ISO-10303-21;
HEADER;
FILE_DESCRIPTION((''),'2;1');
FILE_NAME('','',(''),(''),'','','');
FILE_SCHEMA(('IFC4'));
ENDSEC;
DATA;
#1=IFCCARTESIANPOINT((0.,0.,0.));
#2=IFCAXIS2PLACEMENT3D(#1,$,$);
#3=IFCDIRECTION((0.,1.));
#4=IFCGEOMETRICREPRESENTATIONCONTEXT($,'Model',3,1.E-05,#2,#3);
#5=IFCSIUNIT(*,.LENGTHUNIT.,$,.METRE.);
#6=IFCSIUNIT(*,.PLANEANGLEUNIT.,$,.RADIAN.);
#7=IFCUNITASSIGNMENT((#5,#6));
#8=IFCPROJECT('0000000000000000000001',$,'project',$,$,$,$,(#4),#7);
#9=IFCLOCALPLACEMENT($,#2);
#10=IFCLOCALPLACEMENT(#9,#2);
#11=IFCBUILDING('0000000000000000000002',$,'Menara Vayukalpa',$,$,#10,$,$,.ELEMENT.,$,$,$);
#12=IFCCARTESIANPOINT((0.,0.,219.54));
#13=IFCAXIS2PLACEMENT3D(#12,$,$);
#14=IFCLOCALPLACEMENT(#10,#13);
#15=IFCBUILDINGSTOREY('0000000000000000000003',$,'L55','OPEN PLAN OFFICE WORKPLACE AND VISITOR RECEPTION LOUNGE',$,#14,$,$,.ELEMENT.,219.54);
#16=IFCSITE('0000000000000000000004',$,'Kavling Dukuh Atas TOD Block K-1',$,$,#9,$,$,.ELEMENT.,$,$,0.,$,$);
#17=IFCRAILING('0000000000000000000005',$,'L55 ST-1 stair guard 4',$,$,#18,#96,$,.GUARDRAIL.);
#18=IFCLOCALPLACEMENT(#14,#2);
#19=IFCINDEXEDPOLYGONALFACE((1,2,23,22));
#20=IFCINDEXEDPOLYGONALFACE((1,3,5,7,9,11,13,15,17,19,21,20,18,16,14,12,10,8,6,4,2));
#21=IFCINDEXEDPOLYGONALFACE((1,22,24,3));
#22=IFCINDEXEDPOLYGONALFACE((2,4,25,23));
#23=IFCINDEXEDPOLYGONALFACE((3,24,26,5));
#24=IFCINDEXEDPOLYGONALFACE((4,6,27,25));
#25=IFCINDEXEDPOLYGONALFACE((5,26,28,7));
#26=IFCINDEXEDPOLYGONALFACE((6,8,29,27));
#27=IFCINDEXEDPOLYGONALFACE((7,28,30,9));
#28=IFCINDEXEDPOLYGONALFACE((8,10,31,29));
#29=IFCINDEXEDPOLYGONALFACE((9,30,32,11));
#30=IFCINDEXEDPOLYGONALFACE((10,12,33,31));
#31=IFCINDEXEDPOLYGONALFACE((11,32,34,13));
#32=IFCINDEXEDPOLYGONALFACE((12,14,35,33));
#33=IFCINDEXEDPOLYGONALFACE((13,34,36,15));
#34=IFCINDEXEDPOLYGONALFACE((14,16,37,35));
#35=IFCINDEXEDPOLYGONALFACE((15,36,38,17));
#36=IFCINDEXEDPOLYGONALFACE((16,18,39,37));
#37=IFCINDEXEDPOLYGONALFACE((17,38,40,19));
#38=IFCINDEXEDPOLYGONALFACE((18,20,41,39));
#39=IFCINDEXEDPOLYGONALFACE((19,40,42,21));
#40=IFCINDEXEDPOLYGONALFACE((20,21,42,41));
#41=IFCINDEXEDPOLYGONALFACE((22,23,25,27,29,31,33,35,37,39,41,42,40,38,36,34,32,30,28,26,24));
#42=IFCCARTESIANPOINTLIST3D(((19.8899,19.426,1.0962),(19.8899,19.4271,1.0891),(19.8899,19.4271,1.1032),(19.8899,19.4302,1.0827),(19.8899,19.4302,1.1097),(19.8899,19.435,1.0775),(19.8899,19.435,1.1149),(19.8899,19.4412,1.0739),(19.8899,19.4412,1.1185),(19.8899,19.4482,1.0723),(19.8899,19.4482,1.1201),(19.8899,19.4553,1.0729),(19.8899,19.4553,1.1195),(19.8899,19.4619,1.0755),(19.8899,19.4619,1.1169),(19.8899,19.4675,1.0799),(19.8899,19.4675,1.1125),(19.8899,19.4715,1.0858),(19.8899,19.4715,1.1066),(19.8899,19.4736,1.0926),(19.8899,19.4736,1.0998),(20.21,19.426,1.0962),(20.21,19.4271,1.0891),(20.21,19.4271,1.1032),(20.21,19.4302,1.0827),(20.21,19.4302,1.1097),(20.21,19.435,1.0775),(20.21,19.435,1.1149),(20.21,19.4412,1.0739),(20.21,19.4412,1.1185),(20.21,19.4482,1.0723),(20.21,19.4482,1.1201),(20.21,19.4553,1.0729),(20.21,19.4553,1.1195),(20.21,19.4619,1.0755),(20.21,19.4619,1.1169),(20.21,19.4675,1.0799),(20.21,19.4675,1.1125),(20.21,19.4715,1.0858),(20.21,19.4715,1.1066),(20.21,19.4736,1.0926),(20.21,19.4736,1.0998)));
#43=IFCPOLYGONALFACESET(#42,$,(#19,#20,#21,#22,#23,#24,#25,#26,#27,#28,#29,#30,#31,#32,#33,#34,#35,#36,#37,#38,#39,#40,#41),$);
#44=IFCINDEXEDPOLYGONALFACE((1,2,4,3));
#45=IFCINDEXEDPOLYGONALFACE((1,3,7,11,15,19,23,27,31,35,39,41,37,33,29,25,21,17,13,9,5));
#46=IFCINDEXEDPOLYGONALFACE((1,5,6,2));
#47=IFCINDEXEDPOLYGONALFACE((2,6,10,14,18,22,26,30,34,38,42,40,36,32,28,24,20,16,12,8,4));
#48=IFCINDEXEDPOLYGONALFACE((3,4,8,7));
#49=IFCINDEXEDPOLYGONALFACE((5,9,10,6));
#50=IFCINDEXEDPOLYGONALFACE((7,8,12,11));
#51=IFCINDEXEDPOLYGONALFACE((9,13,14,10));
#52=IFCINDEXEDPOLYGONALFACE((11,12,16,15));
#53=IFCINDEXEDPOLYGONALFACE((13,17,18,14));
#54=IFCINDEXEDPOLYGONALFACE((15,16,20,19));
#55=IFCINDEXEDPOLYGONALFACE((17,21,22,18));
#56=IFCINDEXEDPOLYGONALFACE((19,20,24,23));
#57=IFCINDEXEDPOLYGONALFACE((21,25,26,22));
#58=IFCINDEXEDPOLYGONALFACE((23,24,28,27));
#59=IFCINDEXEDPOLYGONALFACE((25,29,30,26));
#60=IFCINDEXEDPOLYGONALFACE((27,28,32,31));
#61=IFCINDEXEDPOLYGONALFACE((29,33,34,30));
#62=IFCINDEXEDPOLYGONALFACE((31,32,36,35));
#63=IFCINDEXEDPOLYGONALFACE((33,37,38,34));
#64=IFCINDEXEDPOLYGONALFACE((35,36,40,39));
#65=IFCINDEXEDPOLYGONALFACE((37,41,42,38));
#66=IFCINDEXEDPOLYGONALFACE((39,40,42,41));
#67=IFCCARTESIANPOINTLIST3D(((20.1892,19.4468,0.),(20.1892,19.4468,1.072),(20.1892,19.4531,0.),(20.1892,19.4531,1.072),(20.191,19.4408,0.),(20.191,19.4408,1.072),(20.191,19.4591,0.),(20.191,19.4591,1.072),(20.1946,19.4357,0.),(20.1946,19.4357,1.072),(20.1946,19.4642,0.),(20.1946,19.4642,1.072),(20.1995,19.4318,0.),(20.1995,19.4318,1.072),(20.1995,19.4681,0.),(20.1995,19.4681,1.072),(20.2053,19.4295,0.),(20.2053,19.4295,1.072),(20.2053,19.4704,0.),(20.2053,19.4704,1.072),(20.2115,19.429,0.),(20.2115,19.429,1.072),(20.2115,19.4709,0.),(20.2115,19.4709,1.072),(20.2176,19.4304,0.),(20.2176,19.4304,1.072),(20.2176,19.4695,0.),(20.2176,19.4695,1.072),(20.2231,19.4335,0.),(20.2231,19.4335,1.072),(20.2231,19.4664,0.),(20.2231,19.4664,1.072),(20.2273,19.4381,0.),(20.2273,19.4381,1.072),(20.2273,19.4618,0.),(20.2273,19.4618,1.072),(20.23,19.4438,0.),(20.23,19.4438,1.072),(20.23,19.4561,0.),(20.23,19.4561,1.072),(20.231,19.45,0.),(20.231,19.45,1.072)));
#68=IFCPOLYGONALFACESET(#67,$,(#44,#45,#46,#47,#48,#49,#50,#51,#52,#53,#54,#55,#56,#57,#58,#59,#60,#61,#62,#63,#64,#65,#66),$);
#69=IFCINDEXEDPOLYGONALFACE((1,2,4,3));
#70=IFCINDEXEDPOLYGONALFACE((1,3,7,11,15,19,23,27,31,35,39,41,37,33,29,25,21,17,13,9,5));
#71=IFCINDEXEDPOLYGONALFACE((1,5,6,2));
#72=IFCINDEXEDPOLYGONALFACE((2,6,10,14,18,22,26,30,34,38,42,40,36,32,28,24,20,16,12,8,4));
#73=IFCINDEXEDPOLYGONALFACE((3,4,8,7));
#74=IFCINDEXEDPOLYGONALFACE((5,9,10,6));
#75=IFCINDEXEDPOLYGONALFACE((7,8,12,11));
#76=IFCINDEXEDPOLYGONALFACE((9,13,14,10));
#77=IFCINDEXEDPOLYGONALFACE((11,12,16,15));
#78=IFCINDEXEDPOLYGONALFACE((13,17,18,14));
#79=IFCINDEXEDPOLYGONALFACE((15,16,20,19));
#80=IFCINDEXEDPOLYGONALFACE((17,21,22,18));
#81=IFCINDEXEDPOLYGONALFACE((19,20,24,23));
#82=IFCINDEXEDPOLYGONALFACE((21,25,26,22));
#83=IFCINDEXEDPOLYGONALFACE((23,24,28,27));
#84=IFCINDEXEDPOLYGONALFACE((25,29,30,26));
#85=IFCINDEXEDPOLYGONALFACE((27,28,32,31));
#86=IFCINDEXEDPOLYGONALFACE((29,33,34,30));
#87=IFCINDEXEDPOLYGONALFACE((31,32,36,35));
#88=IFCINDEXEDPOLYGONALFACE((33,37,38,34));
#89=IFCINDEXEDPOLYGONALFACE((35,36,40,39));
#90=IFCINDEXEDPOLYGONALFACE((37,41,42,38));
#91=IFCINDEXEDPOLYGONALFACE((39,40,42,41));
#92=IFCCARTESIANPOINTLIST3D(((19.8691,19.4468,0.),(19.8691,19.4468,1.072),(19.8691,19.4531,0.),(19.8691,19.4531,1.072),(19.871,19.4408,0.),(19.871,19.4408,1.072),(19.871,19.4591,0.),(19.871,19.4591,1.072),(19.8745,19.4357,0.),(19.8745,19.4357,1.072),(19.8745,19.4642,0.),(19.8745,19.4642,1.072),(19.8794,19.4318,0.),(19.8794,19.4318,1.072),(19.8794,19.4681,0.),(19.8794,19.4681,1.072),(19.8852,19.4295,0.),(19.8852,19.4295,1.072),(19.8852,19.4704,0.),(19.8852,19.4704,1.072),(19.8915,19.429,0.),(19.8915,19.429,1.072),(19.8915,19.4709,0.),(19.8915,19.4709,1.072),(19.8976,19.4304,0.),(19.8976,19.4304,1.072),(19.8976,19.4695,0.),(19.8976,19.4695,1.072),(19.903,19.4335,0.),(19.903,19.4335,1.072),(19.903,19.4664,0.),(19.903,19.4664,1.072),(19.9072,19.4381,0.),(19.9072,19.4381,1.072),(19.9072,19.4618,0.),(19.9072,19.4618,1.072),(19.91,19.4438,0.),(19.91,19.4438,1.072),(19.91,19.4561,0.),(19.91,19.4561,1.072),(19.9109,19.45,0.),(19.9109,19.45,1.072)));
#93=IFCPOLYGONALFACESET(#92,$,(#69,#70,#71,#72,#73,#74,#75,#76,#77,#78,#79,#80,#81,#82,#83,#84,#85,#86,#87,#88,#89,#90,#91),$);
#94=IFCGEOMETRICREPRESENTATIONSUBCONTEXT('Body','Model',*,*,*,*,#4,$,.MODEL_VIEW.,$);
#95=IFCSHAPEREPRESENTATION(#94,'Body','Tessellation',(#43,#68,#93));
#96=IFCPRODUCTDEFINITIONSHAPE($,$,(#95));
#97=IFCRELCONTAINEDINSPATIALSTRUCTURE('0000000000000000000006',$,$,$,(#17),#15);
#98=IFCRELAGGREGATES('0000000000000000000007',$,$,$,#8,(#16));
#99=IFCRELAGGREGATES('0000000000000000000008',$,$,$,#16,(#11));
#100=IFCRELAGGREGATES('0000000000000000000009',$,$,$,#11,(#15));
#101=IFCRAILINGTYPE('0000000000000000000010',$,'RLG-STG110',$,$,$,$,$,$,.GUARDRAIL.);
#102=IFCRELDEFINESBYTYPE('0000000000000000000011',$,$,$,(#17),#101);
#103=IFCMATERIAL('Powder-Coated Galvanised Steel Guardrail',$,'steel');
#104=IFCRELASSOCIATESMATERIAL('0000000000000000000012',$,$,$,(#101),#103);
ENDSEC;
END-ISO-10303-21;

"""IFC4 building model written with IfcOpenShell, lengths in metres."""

from ifc_helpers import new_model, si_unit, direction, frame, origin, origin_2d, place, context, subcontext, project, spatial, circle, extrude, material, type_object, element, save


model = new_model("IFC4")

# Units and contexts
model_context = context("Model", 3, precision=1e-05, world=origin(), true_north=direction((0.0, 1.0)))
body_context = subcontext(model_context, "Body", "Model", "MODEL_VIEW")
ifc_project = project(units=[si_unit("LENGTHUNIT", "METRE"), si_unit("PLANEANGLEUNIT", "RADIAN")], contexts=[model_context])

# Site, building, storey
site_placement = place(None, origin())
site = spatial("IfcSite", under=ifc_project, at=site_placement, Name="Kavling Dukuh Atas TOD Block K-1", CompositionType="ELEMENT", RefElevation=0.0)
building_placement = place(site_placement, origin())
building = spatial("IfcBuilding", under=site, at=building_placement, Name="Menara Vayukalpa", CompositionType="ELEMENT")
storey_placement = place(building_placement, frame((0.0, 0.0, 219.54)))
storey = spatial("IfcBuildingStorey", under=building, at=storey_placement, Name="L55", Description="OPEN PLAN OFFICE WORKPLACE AND VISITOR RECEPTION LOUNGE", CompositionType="ELEMENT", Elevation=219.54)

# Railing
ifc_material_1 = material(Name="Powder-Coated Galvanised Steel Guardrail", Category="steel")
railing_type_1 = type_object("IfcRailingType", Name="RLG-STG110", PredefinedType="GUARDRAIL", material=ifc_material_1)
railing_1_placement = place(storey_placement, frame((20.21, 19.45, 0.0)))
element("IfcRailing", 1, at=railing_1_placement, inside=storey, type_object=railing_type_1, Name="L55 ST-1 stair guard 4", PredefinedType="GUARDRAIL", context=body_context, shape_type="SweptSolid", body=[
    extrude(circle(Radius=0.0239, at=origin_2d()), frame((0.0, 0.0, 1.0962), z_axis=(-1.0, 0.0, 0.0), x_axis=(0.0, -1.0, 0.0)), (0.0, 0.0, 1.0), 0.3201),
    extrude(circle(Radius=0.021, at=origin_2d()), origin(), (0.0, 0.0, 1.0), 1.072),
    extrude(circle(Radius=0.021, at=origin_2d()), frame((-0.3201, 0.0, 0.0)), (0.0, 0.0, 1.0), 1.072),
])

save(model, "model.ifc")
